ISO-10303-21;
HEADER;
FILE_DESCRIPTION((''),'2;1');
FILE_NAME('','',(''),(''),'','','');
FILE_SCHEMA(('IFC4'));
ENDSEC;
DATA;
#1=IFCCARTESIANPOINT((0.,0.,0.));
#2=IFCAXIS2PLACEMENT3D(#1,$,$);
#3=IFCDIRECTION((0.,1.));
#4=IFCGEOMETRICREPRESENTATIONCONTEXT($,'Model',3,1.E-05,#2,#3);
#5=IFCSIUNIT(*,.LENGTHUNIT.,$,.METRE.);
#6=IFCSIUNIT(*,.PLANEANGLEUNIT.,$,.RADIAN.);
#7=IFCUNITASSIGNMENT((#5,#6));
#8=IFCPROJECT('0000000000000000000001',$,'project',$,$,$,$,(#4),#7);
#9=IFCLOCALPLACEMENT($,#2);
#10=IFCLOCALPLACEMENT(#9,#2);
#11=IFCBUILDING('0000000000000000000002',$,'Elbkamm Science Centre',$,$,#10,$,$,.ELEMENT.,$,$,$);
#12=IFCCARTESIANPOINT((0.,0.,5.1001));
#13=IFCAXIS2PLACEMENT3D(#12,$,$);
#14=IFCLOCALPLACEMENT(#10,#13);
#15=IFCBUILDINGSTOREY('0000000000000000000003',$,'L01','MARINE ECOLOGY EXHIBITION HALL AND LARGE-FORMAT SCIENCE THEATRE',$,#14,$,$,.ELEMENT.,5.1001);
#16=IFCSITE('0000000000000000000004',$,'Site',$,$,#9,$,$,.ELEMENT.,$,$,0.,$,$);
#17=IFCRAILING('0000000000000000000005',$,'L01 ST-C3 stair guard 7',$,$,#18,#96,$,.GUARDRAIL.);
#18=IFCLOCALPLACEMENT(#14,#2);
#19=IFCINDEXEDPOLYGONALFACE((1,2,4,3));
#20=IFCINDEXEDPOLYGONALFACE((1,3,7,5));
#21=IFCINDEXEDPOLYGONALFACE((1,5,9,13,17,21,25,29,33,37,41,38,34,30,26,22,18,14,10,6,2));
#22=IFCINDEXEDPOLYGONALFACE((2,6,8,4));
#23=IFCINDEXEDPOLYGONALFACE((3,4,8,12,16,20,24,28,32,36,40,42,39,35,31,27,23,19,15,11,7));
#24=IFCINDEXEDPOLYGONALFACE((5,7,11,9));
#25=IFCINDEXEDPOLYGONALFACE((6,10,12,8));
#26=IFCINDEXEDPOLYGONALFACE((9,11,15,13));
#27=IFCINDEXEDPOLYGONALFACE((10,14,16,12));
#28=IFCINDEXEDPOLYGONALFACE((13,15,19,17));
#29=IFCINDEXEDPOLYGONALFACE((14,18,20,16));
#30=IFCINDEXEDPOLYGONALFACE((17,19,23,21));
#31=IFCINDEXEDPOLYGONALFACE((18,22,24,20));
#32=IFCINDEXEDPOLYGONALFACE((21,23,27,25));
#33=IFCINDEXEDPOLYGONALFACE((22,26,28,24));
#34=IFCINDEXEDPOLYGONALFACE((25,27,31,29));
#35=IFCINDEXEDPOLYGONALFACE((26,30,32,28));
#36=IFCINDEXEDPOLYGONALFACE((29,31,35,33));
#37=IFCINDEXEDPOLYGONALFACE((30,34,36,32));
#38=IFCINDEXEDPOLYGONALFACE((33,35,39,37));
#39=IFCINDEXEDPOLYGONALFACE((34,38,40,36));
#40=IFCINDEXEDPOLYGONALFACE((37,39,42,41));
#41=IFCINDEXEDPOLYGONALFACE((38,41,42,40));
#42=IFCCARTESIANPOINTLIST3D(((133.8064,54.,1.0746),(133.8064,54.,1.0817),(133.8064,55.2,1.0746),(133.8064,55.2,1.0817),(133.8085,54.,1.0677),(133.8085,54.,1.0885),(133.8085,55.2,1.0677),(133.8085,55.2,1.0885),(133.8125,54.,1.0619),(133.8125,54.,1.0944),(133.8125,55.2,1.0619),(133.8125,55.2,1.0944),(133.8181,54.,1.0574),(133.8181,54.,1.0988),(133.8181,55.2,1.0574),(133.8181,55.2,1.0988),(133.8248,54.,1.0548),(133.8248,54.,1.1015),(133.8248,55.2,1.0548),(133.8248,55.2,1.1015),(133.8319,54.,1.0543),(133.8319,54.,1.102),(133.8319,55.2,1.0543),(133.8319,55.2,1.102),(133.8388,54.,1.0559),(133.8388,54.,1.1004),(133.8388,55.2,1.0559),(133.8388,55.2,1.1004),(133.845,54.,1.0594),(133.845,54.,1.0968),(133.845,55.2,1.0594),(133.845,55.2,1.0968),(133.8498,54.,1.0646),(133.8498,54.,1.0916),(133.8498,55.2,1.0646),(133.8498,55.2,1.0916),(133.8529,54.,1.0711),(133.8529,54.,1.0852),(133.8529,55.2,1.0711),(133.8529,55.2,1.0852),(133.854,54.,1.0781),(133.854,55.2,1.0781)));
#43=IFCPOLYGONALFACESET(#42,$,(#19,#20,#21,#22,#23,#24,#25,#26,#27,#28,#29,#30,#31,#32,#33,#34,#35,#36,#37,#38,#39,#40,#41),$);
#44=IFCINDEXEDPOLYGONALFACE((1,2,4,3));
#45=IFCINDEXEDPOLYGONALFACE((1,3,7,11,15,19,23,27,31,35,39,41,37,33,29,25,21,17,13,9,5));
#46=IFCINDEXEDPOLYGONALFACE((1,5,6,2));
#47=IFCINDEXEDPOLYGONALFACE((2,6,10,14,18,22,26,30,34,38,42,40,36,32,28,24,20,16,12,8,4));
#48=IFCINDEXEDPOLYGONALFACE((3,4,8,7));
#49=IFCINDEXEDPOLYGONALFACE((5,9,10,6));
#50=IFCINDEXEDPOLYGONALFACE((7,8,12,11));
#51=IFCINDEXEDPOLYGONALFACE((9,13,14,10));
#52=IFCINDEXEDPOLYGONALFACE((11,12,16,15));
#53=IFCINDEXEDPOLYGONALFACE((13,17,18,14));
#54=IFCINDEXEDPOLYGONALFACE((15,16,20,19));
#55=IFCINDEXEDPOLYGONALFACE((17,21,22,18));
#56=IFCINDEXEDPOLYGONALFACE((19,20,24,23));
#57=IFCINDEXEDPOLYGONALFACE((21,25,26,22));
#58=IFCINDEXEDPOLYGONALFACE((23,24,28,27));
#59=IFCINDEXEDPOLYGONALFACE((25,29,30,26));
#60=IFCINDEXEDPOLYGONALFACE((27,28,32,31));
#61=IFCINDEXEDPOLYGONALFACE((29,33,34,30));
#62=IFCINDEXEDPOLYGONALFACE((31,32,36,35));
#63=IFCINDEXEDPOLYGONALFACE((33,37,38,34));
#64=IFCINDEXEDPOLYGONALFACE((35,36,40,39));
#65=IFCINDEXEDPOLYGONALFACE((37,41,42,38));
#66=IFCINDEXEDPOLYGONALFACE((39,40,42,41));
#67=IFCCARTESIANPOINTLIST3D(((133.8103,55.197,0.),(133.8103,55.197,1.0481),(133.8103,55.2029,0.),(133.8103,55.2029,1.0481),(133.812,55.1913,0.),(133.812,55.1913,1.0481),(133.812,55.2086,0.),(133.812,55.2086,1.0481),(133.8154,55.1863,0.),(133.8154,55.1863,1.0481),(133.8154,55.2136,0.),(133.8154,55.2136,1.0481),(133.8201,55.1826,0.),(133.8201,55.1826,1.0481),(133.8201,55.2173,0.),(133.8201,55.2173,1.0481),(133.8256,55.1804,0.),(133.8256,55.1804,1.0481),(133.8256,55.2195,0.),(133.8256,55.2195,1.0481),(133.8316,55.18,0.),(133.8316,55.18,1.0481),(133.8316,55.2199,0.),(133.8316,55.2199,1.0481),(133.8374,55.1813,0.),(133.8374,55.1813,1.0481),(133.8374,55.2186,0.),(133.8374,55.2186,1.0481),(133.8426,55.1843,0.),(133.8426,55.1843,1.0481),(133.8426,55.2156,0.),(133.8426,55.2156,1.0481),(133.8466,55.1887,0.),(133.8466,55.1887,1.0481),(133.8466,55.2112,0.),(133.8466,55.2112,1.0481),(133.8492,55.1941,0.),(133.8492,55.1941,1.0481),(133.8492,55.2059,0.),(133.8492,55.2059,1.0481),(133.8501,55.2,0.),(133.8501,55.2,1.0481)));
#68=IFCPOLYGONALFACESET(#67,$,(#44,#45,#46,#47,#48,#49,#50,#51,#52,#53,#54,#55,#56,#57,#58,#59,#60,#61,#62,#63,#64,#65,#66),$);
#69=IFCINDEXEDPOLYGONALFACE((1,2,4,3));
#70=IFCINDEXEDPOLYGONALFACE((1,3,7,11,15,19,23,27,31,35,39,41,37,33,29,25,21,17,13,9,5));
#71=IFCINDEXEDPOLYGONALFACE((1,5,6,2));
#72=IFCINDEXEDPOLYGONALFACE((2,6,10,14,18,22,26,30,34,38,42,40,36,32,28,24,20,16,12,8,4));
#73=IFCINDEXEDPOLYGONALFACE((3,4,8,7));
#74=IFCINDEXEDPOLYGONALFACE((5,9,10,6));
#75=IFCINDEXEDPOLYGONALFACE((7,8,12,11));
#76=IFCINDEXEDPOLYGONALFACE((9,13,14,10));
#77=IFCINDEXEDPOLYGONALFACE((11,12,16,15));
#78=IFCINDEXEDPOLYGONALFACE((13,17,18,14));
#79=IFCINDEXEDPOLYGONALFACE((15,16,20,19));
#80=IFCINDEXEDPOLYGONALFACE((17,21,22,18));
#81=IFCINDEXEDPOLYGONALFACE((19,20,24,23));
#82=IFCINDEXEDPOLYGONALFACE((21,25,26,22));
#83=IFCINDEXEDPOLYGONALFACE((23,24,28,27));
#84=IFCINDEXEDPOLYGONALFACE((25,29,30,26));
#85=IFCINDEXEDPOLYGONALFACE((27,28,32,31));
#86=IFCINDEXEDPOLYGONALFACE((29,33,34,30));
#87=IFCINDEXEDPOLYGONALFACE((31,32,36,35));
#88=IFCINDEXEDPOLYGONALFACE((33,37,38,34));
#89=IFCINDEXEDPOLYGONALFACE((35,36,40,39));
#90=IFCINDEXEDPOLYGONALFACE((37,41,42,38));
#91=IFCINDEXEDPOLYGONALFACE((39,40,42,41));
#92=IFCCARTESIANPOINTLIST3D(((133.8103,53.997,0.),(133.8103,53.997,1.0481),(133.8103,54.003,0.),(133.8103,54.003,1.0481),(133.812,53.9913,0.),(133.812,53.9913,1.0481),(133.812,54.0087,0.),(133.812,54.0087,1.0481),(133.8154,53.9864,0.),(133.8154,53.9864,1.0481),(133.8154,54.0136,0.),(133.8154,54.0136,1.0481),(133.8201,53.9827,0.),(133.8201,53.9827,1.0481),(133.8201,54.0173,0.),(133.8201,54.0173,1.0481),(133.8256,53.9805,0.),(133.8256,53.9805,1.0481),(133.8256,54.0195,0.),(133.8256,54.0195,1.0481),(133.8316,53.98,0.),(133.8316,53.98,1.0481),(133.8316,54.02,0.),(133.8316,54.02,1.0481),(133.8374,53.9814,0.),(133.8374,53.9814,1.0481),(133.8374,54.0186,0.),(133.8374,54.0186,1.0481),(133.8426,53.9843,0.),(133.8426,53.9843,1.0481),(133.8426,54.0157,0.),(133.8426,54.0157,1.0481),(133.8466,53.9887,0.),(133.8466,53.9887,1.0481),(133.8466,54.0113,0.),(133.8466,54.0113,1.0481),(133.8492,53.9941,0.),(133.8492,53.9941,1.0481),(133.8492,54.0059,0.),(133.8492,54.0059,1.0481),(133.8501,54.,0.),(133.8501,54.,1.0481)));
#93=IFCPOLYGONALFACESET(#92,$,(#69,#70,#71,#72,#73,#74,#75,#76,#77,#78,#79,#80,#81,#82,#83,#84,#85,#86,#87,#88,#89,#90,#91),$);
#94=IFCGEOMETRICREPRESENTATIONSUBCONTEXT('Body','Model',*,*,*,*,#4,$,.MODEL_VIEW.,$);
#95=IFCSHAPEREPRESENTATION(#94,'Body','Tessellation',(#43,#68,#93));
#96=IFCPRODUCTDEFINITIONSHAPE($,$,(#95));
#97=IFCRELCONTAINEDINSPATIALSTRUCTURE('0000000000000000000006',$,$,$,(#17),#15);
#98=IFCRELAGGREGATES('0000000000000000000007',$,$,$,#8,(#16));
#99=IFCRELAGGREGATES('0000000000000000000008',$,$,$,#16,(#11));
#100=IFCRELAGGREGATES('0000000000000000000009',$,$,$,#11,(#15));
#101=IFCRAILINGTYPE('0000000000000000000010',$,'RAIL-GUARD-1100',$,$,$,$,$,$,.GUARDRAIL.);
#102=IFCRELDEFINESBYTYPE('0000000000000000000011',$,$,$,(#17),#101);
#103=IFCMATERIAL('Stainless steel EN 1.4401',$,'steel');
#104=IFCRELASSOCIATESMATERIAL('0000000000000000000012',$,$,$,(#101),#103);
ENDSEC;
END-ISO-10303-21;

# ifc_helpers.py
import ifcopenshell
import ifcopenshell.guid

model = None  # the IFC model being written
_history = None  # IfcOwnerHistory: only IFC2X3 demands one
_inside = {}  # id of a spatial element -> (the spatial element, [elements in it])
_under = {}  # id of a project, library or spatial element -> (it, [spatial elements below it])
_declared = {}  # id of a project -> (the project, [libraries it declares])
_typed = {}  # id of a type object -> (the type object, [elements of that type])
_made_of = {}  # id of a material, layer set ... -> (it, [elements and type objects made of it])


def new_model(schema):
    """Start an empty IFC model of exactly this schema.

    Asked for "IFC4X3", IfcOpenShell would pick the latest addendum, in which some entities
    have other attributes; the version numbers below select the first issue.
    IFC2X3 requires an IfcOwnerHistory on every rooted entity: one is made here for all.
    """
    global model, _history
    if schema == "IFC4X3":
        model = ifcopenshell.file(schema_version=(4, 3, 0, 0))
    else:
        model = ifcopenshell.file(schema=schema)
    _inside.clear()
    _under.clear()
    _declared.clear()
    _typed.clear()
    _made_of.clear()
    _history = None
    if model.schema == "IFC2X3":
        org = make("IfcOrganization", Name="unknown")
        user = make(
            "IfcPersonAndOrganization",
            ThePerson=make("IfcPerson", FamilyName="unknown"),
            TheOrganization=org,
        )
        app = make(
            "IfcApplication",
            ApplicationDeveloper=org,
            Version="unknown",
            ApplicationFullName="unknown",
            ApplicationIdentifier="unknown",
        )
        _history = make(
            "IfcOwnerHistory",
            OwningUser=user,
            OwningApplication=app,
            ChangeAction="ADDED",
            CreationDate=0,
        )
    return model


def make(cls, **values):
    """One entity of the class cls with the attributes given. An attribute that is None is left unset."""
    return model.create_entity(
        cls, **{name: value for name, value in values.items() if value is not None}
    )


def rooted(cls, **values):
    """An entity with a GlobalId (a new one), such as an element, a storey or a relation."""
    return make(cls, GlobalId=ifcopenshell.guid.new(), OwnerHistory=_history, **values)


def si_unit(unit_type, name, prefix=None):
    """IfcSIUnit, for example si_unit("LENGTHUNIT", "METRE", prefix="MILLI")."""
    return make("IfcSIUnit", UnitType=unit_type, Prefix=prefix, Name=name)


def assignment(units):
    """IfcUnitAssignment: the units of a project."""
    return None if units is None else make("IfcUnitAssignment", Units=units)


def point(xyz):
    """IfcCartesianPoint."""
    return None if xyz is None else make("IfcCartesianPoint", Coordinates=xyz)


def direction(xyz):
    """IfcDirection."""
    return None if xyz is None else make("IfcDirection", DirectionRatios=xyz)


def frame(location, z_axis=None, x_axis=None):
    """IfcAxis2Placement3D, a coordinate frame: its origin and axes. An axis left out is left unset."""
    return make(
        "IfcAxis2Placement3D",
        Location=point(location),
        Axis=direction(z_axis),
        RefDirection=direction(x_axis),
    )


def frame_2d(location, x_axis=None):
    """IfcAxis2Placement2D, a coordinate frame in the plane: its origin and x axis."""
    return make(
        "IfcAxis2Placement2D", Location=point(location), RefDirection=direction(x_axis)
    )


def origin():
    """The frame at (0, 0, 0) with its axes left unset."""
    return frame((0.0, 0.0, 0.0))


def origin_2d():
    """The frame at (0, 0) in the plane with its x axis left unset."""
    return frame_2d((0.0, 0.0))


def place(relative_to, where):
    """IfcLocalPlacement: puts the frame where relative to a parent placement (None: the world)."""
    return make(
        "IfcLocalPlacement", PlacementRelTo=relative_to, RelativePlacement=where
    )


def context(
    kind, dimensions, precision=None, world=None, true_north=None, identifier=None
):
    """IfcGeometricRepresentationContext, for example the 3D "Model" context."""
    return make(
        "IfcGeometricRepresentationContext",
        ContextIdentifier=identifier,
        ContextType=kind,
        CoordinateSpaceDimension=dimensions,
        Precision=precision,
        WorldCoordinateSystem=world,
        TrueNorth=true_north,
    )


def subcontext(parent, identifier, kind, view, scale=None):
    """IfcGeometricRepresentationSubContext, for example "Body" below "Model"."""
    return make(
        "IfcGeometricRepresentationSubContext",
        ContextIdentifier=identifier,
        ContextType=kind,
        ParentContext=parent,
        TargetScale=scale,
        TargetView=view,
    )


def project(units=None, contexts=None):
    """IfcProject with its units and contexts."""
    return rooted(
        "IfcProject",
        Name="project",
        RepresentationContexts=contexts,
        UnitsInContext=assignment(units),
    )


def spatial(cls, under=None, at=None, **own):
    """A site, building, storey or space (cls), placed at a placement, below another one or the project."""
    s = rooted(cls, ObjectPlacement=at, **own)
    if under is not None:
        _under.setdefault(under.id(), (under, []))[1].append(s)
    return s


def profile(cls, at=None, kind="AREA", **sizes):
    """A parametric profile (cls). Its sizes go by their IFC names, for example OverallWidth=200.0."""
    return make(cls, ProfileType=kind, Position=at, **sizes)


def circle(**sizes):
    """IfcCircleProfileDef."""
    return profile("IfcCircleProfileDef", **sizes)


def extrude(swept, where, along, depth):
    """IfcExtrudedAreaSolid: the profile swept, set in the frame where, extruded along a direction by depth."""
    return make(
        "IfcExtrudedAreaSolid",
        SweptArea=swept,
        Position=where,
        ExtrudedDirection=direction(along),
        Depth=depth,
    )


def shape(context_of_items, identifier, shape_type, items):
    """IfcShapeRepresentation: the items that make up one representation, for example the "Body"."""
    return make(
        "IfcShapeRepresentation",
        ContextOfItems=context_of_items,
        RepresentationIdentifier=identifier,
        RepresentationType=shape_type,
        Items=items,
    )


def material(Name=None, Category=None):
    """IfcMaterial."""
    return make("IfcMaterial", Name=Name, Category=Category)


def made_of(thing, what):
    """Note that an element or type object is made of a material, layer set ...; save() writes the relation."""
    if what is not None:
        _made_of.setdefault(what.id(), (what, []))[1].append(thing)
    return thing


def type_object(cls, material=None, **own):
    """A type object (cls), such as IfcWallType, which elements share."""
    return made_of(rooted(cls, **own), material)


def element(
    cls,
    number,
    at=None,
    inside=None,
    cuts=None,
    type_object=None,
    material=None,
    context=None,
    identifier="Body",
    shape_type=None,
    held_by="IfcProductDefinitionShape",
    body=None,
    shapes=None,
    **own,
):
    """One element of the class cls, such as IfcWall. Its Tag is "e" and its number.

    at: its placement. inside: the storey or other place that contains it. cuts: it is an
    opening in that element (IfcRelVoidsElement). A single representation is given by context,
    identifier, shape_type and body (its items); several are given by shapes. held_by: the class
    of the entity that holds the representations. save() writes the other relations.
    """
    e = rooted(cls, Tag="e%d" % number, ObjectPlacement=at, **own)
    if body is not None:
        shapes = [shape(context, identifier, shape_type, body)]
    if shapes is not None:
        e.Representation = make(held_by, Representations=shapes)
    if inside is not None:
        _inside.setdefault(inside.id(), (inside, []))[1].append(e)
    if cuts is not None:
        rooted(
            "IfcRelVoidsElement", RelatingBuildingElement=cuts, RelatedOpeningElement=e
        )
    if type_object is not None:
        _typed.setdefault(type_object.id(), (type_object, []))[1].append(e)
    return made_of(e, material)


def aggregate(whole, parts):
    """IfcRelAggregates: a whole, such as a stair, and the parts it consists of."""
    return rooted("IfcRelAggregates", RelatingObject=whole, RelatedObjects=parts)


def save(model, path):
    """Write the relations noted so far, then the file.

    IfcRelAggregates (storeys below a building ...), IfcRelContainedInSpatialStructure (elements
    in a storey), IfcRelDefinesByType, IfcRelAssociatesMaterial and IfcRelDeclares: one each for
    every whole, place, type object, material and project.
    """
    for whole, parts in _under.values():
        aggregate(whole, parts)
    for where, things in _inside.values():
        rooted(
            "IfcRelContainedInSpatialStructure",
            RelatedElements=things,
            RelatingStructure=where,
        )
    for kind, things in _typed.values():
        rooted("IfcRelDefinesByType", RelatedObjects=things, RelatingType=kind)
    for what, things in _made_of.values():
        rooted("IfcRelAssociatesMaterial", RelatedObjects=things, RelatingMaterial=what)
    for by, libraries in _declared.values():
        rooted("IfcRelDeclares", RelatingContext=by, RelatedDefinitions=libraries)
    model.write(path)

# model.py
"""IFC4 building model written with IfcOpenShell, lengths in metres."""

from ifc_helpers import new_model, si_unit, direction, frame, origin, origin_2d, place, context, subcontext, project, spatial, circle, extrude, material, type_object, element, save


model = new_model("IFC4")

# Units and contexts
model_context = context("Model", 3, precision=1e-05, world=origin(), true_north=direction((0.0, 1.0)))
body_context = subcontext(model_context, "Body", "Model", "MODEL_VIEW")
ifc_project = project(units=[si_unit("LENGTHUNIT", "METRE"), si_unit("PLANEANGLEUNIT", "RADIAN")], contexts=[model_context])

# Site, building, storey
site_placement = place(None, origin())
site = spatial("IfcSite", under=ifc_project, at=site_placement, Name="Site", CompositionType="ELEMENT", RefElevation=0.0)
building_placement = place(site_placement, origin())
building = spatial("IfcBuilding", under=site, at=building_placement, Name="Elbkamm Science Centre", CompositionType="ELEMENT")
storey_placement = place(building_placement, frame((0.0, 0.0, 5.1001)))
storey = spatial("IfcBuildingStorey", under=building, at=storey_placement, Name="L01", Description="MARINE ECOLOGY EXHIBITION HALL AND LARGE-FORMAT SCIENCE THEATRE", CompositionType="ELEMENT", Elevation=5.1001)

# Railing
ifc_material_1 = material(Name="Stainless steel EN 1.4401", Category="steel")
railing_type_1 = type_object("IfcRailingType", Name="RAIL-GUARD-1100", PredefinedType="GUARDRAIL", material=ifc_material_1)
railing_1_placement = place(storey_placement, frame((133.8301, 55.2, 0.0)))
element("IfcRailing", 1, at=railing_1_placement, inside=storey, type_object=railing_type_1, Name="L01 ST-C3 stair guard 7", PredefinedType="GUARDRAIL", context=body_context, shape_type="SweptSolid", body=[
    extrude(circle(Radius=0.0239, at=origin_2d()), frame((0.0, 0.0, 1.0781), z_axis=(0.0, -1.0, 0.0), x_axis=(1.0, 0.0, 0.0)), (0.0, 0.0, 1.0), 1.2),
    extrude(circle(Radius=0.02, at=origin_2d()), origin(), (0.0, 0.0, 1.0), 1.0481),
    extrude(circle(Radius=0.02, at=origin_2d()), frame((0.0, -1.2, 0.0)), (0.0, 0.0, 1.0), 1.0481),
])

save(model, "model.ifc")
